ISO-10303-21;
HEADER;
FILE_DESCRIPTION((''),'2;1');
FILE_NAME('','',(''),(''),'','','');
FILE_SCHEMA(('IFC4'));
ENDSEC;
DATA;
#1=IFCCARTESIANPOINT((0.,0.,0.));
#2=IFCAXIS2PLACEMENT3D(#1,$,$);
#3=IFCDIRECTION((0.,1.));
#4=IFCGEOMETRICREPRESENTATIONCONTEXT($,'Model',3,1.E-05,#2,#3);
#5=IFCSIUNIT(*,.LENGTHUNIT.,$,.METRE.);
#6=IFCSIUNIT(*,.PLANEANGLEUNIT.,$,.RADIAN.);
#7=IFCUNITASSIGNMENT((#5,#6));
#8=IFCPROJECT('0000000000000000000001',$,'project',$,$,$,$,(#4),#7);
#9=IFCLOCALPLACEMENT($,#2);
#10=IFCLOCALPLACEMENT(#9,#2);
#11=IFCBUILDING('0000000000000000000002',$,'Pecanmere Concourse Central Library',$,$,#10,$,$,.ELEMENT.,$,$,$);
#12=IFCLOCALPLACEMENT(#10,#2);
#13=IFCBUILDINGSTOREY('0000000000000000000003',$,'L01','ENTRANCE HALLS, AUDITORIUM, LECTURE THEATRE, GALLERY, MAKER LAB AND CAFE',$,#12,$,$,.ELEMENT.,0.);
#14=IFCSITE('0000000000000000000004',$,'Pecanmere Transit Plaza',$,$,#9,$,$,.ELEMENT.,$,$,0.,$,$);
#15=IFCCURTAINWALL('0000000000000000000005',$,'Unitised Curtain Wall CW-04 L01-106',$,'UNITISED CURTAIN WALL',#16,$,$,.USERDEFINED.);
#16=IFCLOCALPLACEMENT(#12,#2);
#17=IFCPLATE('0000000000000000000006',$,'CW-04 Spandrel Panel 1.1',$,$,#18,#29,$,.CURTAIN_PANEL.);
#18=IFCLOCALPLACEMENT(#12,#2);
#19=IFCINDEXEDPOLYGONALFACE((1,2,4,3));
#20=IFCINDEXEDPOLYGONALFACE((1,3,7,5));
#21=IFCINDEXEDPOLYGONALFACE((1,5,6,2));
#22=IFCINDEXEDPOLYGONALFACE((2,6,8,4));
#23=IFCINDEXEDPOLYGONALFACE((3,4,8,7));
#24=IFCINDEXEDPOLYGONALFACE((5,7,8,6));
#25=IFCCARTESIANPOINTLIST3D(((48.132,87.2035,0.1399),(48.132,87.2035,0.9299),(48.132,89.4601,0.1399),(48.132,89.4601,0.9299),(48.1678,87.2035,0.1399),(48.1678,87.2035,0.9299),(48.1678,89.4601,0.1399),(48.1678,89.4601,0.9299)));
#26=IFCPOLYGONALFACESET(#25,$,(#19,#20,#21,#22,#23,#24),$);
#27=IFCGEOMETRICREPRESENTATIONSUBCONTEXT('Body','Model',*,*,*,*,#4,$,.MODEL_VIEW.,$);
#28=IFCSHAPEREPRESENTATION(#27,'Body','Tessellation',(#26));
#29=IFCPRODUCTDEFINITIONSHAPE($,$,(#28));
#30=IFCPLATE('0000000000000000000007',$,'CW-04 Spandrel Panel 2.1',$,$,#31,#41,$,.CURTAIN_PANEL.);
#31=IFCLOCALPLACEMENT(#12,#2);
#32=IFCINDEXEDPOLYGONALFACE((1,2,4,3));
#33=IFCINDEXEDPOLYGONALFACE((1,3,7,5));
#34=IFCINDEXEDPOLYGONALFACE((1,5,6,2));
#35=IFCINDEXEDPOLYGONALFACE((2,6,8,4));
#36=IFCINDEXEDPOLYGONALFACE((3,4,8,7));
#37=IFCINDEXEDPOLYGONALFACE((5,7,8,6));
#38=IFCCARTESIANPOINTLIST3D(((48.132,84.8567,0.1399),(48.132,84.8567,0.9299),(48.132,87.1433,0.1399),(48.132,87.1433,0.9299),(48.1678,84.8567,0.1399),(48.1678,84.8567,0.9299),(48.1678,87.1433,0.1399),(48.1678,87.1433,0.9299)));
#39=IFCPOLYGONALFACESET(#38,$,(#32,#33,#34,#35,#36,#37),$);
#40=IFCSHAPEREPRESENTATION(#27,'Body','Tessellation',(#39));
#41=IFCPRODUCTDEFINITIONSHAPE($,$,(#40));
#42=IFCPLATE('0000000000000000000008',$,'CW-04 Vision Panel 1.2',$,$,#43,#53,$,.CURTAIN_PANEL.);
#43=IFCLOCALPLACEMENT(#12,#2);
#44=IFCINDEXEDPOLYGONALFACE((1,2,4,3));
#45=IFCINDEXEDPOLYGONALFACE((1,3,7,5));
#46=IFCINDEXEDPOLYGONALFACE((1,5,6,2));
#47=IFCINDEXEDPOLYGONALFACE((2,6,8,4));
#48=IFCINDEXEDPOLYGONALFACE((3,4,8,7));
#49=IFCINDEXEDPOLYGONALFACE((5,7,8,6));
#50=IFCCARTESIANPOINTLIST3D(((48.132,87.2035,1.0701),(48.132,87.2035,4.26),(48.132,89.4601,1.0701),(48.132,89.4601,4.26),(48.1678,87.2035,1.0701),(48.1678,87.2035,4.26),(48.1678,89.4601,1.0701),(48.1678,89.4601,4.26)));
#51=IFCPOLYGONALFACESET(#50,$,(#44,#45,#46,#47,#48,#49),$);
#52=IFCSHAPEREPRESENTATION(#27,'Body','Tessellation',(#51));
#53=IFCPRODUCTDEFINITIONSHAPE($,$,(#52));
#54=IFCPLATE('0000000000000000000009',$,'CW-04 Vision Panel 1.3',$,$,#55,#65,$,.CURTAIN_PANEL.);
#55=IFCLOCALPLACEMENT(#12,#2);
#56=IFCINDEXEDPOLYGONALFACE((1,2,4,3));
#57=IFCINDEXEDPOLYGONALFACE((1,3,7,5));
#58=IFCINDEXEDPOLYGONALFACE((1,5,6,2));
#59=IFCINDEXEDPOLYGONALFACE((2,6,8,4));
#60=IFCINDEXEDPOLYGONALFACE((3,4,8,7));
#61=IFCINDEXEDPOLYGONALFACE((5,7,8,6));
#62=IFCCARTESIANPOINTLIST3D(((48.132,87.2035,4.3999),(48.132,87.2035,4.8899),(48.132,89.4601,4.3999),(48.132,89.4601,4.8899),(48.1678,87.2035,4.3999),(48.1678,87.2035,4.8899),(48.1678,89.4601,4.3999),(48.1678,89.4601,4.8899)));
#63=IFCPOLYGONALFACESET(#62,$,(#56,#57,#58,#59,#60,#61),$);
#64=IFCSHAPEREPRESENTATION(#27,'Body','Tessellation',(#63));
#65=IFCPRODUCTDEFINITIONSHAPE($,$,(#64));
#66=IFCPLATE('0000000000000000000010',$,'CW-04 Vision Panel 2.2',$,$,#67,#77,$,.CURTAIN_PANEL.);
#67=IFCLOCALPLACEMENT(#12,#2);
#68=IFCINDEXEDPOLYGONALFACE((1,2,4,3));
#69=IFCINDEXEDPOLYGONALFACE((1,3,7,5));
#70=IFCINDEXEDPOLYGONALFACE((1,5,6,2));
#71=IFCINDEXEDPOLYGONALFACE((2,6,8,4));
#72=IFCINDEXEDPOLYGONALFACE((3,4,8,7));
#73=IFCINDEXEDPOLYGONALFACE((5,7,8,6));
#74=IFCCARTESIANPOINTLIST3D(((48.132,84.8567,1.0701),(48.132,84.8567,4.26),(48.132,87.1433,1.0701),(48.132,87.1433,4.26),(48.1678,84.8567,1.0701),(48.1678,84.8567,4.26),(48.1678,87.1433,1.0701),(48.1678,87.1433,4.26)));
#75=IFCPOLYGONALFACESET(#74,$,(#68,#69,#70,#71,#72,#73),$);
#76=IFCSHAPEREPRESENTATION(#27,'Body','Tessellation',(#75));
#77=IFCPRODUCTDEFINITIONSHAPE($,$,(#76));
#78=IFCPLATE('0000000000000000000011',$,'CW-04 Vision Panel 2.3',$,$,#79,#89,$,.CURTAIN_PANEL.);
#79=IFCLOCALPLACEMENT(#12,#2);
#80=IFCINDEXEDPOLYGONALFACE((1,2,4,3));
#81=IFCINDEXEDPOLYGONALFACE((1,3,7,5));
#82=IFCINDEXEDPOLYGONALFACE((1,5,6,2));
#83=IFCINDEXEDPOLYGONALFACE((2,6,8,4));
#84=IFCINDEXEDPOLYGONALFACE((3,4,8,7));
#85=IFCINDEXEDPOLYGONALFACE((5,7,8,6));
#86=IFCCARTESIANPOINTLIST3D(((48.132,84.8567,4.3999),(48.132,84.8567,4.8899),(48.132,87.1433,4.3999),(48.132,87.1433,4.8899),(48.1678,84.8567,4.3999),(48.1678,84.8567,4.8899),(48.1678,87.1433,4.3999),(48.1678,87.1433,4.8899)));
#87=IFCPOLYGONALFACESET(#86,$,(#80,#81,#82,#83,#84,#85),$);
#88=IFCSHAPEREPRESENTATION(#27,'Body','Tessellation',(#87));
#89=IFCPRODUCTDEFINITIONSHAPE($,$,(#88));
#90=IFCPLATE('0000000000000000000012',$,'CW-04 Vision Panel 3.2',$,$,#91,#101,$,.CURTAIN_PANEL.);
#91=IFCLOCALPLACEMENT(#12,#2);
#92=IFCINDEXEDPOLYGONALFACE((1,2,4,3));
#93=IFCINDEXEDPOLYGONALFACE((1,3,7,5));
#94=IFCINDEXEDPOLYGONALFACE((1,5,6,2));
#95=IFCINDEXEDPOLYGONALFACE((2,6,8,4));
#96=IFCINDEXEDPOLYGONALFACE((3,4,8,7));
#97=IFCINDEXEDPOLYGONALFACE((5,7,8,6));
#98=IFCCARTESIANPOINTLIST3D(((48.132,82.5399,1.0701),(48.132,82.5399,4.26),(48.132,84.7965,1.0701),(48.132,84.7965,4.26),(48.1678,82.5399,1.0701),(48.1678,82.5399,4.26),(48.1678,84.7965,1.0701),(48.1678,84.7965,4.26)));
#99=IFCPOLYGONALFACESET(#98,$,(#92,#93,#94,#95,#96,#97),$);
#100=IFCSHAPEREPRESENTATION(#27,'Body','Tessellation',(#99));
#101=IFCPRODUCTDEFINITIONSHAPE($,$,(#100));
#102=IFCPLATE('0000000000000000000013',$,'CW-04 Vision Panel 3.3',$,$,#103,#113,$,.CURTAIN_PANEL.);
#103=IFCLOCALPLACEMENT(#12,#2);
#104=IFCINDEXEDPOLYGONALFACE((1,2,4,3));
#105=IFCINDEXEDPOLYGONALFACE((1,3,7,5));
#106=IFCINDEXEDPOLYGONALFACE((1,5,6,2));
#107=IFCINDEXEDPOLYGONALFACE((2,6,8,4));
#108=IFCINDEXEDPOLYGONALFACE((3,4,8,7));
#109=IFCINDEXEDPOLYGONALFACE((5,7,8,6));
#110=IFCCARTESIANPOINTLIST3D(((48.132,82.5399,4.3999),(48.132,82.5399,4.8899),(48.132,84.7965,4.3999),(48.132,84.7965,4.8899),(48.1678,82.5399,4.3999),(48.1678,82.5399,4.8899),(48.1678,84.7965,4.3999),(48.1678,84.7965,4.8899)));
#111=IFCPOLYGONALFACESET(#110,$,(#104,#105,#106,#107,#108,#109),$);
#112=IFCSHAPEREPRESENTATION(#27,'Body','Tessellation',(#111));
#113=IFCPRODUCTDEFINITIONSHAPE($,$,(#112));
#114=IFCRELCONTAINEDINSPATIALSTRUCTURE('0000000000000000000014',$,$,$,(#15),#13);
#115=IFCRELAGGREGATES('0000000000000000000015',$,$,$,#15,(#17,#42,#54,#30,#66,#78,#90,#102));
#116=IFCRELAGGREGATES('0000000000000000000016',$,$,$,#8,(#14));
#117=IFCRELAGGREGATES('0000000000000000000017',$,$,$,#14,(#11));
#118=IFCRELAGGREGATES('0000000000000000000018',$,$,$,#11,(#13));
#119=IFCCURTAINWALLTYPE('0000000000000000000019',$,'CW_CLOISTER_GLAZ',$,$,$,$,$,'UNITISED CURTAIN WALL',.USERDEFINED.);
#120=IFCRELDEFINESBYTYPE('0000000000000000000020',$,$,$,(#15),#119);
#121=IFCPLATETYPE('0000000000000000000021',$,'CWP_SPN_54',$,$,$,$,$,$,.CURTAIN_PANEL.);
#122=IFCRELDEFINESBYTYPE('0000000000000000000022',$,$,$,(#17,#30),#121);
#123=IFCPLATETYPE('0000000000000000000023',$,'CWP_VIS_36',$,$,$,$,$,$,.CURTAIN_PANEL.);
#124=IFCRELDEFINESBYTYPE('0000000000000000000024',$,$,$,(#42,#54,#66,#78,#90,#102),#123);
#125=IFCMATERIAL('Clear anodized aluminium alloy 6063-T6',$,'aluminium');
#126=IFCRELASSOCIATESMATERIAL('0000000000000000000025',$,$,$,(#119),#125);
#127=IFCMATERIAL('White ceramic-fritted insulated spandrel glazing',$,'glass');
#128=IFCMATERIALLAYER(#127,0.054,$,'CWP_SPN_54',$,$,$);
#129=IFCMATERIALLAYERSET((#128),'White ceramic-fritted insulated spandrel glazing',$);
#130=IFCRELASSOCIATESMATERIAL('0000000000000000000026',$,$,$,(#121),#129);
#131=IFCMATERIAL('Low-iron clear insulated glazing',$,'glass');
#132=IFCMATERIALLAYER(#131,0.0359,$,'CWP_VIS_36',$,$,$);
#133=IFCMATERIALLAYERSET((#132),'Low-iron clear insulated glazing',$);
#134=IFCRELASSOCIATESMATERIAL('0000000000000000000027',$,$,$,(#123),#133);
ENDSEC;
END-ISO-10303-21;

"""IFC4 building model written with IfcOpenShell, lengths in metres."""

from ifc_helpers import new_model, si_unit, direction, frame, origin, origin_2d, place, context, subcontext, project, spatial, rectangle, extrude, material, layer, layer_set, type_object, element, aggregate, save


model = new_model("IFC4")

# Units and contexts
model_context = context("Model", 3, precision=1e-05, world=origin(), true_north=direction((0.0, 1.0)))
body_context = subcontext(model_context, "Body", "Model", "MODEL_VIEW")
ifc_project = project(units=[si_unit("LENGTHUNIT", "METRE"), si_unit("PLANEANGLEUNIT", "RADIAN")], contexts=[model_context])

# Site, building, storey
site_placement = place(None, origin())
site = spatial("IfcSite", under=ifc_project, at=site_placement, Name="Pecanmere Transit Plaza", CompositionType="ELEMENT", RefElevation=0.0)
building_placement = place(site_placement, origin())
building = spatial("IfcBuilding", under=site, at=building_placement, Name="Pecanmere Concourse Central Library", CompositionType="ELEMENT")
storey_placement = place(building_placement, origin())
storey = spatial("IfcBuildingStorey", under=building, at=storey_placement, Name="L01", Description="ENTRANCE HALLS, AUDITORIUM, LECTURE THEATRE, GALLERY, MAKER LAB AND CAFE", CompositionType="ELEMENT", Elevation=0.0)

# Curtain wall, plates
ifc_material_1 = material(Name="Clear anodized aluminium alloy 6063-T6", Category="aluminium")
curtain_wall_type = type_object("IfcCurtainWallType", Name="CW_CLOISTER_GLAZ", ElementType="UNITISED CURTAIN WALL", PredefinedType="USERDEFINED", material=ifc_material_1)
curtain_wall_placement = place(storey_placement, origin())
curtain_wall = element("IfcCurtainWall", 1, at=curtain_wall_placement, inside=storey, type_object=curtain_wall_type, Name="Unitised Curtain Wall CW-04 L01-106", ObjectType="UNITISED CURTAIN WALL", PredefinedType="USERDEFINED")
ifc_material_2 = material(Name="White ceramic-fritted insulated spandrel glazing", Category="glass")
ifc_layer_1 = layer(ifc_material_2, 0.054, Name="CWP_SPN_54")
ifc_layer_set_1 = layer_set([ifc_layer_1], Name="White ceramic-fritted insulated spandrel glazing")
plate_type_1 = type_object("IfcPlateType", Name="CWP_SPN_54", PredefinedType="CURTAIN_PANEL", material=ifc_layer_set_1)
plate_1_placement = place(storey_placement, frame((48.1499, 88.3318, 0.1399), z_axis=(0.0, 0.0, 1.0), x_axis=(0.0, -1.0, 0.0)))
plate_1 = element("IfcPlate", 2, at=plate_1_placement, type_object=plate_type_1, Name="CW-04 Spandrel Panel 1.1", PredefinedType="CURTAIN_PANEL", context=body_context, shape_type="SweptSolid", body=[
    extrude(rectangle(XDim=2.2566, YDim=0.0359, at=origin_2d()), origin(), (0.0, 0.0, 1.0), 0.79),
])
plate_2_placement = place(storey_placement, frame((48.1499, 86.0, 0.1399), z_axis=(0.0, 0.0, 1.0), x_axis=(0.0, -1.0, 0.0)))
plate_2 = element("IfcPlate", 3, at=plate_2_placement, type_object=plate_type_1, Name="CW-04 Spandrel Panel 2.1", PredefinedType="CURTAIN_PANEL", context=body_context, shape_type="SweptSolid", body=[
    extrude(rectangle(XDim=2.2866, YDim=0.0359, at=origin_2d()), origin(), (0.0, 0.0, 1.0), 0.79),
])
ifc_material_3 = material(Name="Low-iron clear insulated glazing", Category="glass")
ifc_layer_2 = layer(ifc_material_3, 0.0359, Name="CWP_VIS_36")
ifc_layer_set_2 = layer_set([ifc_layer_2], Name="Low-iron clear insulated glazing")
plate_type_2 = type_object("IfcPlateType", Name="CWP_VIS_36", PredefinedType="CURTAIN_PANEL", material=ifc_layer_set_2)
plate_3_placement = place(storey_placement, frame((48.1499, 88.3318, 1.0701), z_axis=(0.0, 0.0, 1.0), x_axis=(0.0, -1.0, 0.0)))
plate_3 = element("IfcPlate", 4, at=plate_3_placement, type_object=plate_type_2, Name="CW-04 Vision Panel 1.2", PredefinedType="CURTAIN_PANEL", context=body_context, shape_type="SweptSolid", body=[
    extrude(rectangle(XDim=2.2566, YDim=0.0359, at=origin_2d()), origin(), (0.0, 0.0, 1.0), 3.1899),
])
plate_4_placement = place(storey_placement, frame((48.1499, 88.3318, 4.3999), z_axis=(0.0, 0.0, 1.0), x_axis=(0.0, -1.0, 0.0)))
plate_4 = element("IfcPlate", 5, at=plate_4_placement, type_object=plate_type_2, Name="CW-04 Vision Panel 1.3", PredefinedType="CURTAIN_PANEL", context=body_context, shape_type="SweptSolid", body=[
    extrude(rectangle(XDim=2.2566, YDim=0.0359, at=origin_2d()), origin(), (0.0, 0.0, 1.0), 0.49),
])
plate_5_placement = place(storey_placement, frame((48.1499, 86.0, 1.0701), z_axis=(0.0, 0.0, 1.0), x_axis=(0.0, -1.0, 0.0)))
plate_5 = element("IfcPlate", 6, at=plate_5_placement, type_object=plate_type_2, Name="CW-04 Vision Panel 2.2", PredefinedType="CURTAIN_PANEL", context=body_context, shape_type="SweptSolid", body=[
    extrude(rectangle(XDim=2.2866, YDim=0.0359, at=origin_2d()), origin(), (0.0, 0.0, 1.0), 3.1899),
])
plate_6_placement = place(storey_placement, frame((48.1499, 86.0, 4.3999), z_axis=(0.0, 0.0, 1.0), x_axis=(0.0, -1.0, 0.0)))
plate_6 = element("IfcPlate", 7, at=plate_6_placement, type_object=plate_type_2, Name="CW-04 Vision Panel 2.3", PredefinedType="CURTAIN_PANEL", context=body_context, shape_type="SweptSolid", body=[
    extrude(rectangle(XDim=2.2866, YDim=0.0359, at=origin_2d()), origin(), (0.0, 0.0, 1.0), 0.49),
])
plate_7_placement = place(storey_placement, frame((48.1499, 83.6682, 1.0701), z_axis=(0.0, 0.0, 1.0), x_axis=(0.0, -1.0, 0.0)))
plate_7 = element("IfcPlate", 8, at=plate_7_placement, type_object=plate_type_2, Name="CW-04 Vision Panel 3.2", PredefinedType="CURTAIN_PANEL", context=body_context, shape_type="SweptSolid", body=[
    extrude(rectangle(XDim=2.2566, YDim=0.0359, at=origin_2d()), origin(), (0.0, 0.0, 1.0), 3.1899),
])
plate_8_placement = place(storey_placement, frame((48.1499, 83.6682, 4.3999), z_axis=(0.0, 0.0, 1.0), x_axis=(0.0, -1.0, 0.0)))
plate_8 = element("IfcPlate", 9, at=plate_8_placement, type_object=plate_type_2, Name="CW-04 Vision Panel 3.3", PredefinedType="CURTAIN_PANEL", context=body_context, shape_type="SweptSolid", body=[
    extrude(rectangle(XDim=2.2566, YDim=0.0359, at=origin_2d()), origin(), (0.0, 0.0, 1.0), 0.49),
])
aggregate(curtain_wall, [plate_1, plate_3, plate_4, plate_2, plate_5, plate_6, plate_7, plate_8])

save(model, "model.ifc")
